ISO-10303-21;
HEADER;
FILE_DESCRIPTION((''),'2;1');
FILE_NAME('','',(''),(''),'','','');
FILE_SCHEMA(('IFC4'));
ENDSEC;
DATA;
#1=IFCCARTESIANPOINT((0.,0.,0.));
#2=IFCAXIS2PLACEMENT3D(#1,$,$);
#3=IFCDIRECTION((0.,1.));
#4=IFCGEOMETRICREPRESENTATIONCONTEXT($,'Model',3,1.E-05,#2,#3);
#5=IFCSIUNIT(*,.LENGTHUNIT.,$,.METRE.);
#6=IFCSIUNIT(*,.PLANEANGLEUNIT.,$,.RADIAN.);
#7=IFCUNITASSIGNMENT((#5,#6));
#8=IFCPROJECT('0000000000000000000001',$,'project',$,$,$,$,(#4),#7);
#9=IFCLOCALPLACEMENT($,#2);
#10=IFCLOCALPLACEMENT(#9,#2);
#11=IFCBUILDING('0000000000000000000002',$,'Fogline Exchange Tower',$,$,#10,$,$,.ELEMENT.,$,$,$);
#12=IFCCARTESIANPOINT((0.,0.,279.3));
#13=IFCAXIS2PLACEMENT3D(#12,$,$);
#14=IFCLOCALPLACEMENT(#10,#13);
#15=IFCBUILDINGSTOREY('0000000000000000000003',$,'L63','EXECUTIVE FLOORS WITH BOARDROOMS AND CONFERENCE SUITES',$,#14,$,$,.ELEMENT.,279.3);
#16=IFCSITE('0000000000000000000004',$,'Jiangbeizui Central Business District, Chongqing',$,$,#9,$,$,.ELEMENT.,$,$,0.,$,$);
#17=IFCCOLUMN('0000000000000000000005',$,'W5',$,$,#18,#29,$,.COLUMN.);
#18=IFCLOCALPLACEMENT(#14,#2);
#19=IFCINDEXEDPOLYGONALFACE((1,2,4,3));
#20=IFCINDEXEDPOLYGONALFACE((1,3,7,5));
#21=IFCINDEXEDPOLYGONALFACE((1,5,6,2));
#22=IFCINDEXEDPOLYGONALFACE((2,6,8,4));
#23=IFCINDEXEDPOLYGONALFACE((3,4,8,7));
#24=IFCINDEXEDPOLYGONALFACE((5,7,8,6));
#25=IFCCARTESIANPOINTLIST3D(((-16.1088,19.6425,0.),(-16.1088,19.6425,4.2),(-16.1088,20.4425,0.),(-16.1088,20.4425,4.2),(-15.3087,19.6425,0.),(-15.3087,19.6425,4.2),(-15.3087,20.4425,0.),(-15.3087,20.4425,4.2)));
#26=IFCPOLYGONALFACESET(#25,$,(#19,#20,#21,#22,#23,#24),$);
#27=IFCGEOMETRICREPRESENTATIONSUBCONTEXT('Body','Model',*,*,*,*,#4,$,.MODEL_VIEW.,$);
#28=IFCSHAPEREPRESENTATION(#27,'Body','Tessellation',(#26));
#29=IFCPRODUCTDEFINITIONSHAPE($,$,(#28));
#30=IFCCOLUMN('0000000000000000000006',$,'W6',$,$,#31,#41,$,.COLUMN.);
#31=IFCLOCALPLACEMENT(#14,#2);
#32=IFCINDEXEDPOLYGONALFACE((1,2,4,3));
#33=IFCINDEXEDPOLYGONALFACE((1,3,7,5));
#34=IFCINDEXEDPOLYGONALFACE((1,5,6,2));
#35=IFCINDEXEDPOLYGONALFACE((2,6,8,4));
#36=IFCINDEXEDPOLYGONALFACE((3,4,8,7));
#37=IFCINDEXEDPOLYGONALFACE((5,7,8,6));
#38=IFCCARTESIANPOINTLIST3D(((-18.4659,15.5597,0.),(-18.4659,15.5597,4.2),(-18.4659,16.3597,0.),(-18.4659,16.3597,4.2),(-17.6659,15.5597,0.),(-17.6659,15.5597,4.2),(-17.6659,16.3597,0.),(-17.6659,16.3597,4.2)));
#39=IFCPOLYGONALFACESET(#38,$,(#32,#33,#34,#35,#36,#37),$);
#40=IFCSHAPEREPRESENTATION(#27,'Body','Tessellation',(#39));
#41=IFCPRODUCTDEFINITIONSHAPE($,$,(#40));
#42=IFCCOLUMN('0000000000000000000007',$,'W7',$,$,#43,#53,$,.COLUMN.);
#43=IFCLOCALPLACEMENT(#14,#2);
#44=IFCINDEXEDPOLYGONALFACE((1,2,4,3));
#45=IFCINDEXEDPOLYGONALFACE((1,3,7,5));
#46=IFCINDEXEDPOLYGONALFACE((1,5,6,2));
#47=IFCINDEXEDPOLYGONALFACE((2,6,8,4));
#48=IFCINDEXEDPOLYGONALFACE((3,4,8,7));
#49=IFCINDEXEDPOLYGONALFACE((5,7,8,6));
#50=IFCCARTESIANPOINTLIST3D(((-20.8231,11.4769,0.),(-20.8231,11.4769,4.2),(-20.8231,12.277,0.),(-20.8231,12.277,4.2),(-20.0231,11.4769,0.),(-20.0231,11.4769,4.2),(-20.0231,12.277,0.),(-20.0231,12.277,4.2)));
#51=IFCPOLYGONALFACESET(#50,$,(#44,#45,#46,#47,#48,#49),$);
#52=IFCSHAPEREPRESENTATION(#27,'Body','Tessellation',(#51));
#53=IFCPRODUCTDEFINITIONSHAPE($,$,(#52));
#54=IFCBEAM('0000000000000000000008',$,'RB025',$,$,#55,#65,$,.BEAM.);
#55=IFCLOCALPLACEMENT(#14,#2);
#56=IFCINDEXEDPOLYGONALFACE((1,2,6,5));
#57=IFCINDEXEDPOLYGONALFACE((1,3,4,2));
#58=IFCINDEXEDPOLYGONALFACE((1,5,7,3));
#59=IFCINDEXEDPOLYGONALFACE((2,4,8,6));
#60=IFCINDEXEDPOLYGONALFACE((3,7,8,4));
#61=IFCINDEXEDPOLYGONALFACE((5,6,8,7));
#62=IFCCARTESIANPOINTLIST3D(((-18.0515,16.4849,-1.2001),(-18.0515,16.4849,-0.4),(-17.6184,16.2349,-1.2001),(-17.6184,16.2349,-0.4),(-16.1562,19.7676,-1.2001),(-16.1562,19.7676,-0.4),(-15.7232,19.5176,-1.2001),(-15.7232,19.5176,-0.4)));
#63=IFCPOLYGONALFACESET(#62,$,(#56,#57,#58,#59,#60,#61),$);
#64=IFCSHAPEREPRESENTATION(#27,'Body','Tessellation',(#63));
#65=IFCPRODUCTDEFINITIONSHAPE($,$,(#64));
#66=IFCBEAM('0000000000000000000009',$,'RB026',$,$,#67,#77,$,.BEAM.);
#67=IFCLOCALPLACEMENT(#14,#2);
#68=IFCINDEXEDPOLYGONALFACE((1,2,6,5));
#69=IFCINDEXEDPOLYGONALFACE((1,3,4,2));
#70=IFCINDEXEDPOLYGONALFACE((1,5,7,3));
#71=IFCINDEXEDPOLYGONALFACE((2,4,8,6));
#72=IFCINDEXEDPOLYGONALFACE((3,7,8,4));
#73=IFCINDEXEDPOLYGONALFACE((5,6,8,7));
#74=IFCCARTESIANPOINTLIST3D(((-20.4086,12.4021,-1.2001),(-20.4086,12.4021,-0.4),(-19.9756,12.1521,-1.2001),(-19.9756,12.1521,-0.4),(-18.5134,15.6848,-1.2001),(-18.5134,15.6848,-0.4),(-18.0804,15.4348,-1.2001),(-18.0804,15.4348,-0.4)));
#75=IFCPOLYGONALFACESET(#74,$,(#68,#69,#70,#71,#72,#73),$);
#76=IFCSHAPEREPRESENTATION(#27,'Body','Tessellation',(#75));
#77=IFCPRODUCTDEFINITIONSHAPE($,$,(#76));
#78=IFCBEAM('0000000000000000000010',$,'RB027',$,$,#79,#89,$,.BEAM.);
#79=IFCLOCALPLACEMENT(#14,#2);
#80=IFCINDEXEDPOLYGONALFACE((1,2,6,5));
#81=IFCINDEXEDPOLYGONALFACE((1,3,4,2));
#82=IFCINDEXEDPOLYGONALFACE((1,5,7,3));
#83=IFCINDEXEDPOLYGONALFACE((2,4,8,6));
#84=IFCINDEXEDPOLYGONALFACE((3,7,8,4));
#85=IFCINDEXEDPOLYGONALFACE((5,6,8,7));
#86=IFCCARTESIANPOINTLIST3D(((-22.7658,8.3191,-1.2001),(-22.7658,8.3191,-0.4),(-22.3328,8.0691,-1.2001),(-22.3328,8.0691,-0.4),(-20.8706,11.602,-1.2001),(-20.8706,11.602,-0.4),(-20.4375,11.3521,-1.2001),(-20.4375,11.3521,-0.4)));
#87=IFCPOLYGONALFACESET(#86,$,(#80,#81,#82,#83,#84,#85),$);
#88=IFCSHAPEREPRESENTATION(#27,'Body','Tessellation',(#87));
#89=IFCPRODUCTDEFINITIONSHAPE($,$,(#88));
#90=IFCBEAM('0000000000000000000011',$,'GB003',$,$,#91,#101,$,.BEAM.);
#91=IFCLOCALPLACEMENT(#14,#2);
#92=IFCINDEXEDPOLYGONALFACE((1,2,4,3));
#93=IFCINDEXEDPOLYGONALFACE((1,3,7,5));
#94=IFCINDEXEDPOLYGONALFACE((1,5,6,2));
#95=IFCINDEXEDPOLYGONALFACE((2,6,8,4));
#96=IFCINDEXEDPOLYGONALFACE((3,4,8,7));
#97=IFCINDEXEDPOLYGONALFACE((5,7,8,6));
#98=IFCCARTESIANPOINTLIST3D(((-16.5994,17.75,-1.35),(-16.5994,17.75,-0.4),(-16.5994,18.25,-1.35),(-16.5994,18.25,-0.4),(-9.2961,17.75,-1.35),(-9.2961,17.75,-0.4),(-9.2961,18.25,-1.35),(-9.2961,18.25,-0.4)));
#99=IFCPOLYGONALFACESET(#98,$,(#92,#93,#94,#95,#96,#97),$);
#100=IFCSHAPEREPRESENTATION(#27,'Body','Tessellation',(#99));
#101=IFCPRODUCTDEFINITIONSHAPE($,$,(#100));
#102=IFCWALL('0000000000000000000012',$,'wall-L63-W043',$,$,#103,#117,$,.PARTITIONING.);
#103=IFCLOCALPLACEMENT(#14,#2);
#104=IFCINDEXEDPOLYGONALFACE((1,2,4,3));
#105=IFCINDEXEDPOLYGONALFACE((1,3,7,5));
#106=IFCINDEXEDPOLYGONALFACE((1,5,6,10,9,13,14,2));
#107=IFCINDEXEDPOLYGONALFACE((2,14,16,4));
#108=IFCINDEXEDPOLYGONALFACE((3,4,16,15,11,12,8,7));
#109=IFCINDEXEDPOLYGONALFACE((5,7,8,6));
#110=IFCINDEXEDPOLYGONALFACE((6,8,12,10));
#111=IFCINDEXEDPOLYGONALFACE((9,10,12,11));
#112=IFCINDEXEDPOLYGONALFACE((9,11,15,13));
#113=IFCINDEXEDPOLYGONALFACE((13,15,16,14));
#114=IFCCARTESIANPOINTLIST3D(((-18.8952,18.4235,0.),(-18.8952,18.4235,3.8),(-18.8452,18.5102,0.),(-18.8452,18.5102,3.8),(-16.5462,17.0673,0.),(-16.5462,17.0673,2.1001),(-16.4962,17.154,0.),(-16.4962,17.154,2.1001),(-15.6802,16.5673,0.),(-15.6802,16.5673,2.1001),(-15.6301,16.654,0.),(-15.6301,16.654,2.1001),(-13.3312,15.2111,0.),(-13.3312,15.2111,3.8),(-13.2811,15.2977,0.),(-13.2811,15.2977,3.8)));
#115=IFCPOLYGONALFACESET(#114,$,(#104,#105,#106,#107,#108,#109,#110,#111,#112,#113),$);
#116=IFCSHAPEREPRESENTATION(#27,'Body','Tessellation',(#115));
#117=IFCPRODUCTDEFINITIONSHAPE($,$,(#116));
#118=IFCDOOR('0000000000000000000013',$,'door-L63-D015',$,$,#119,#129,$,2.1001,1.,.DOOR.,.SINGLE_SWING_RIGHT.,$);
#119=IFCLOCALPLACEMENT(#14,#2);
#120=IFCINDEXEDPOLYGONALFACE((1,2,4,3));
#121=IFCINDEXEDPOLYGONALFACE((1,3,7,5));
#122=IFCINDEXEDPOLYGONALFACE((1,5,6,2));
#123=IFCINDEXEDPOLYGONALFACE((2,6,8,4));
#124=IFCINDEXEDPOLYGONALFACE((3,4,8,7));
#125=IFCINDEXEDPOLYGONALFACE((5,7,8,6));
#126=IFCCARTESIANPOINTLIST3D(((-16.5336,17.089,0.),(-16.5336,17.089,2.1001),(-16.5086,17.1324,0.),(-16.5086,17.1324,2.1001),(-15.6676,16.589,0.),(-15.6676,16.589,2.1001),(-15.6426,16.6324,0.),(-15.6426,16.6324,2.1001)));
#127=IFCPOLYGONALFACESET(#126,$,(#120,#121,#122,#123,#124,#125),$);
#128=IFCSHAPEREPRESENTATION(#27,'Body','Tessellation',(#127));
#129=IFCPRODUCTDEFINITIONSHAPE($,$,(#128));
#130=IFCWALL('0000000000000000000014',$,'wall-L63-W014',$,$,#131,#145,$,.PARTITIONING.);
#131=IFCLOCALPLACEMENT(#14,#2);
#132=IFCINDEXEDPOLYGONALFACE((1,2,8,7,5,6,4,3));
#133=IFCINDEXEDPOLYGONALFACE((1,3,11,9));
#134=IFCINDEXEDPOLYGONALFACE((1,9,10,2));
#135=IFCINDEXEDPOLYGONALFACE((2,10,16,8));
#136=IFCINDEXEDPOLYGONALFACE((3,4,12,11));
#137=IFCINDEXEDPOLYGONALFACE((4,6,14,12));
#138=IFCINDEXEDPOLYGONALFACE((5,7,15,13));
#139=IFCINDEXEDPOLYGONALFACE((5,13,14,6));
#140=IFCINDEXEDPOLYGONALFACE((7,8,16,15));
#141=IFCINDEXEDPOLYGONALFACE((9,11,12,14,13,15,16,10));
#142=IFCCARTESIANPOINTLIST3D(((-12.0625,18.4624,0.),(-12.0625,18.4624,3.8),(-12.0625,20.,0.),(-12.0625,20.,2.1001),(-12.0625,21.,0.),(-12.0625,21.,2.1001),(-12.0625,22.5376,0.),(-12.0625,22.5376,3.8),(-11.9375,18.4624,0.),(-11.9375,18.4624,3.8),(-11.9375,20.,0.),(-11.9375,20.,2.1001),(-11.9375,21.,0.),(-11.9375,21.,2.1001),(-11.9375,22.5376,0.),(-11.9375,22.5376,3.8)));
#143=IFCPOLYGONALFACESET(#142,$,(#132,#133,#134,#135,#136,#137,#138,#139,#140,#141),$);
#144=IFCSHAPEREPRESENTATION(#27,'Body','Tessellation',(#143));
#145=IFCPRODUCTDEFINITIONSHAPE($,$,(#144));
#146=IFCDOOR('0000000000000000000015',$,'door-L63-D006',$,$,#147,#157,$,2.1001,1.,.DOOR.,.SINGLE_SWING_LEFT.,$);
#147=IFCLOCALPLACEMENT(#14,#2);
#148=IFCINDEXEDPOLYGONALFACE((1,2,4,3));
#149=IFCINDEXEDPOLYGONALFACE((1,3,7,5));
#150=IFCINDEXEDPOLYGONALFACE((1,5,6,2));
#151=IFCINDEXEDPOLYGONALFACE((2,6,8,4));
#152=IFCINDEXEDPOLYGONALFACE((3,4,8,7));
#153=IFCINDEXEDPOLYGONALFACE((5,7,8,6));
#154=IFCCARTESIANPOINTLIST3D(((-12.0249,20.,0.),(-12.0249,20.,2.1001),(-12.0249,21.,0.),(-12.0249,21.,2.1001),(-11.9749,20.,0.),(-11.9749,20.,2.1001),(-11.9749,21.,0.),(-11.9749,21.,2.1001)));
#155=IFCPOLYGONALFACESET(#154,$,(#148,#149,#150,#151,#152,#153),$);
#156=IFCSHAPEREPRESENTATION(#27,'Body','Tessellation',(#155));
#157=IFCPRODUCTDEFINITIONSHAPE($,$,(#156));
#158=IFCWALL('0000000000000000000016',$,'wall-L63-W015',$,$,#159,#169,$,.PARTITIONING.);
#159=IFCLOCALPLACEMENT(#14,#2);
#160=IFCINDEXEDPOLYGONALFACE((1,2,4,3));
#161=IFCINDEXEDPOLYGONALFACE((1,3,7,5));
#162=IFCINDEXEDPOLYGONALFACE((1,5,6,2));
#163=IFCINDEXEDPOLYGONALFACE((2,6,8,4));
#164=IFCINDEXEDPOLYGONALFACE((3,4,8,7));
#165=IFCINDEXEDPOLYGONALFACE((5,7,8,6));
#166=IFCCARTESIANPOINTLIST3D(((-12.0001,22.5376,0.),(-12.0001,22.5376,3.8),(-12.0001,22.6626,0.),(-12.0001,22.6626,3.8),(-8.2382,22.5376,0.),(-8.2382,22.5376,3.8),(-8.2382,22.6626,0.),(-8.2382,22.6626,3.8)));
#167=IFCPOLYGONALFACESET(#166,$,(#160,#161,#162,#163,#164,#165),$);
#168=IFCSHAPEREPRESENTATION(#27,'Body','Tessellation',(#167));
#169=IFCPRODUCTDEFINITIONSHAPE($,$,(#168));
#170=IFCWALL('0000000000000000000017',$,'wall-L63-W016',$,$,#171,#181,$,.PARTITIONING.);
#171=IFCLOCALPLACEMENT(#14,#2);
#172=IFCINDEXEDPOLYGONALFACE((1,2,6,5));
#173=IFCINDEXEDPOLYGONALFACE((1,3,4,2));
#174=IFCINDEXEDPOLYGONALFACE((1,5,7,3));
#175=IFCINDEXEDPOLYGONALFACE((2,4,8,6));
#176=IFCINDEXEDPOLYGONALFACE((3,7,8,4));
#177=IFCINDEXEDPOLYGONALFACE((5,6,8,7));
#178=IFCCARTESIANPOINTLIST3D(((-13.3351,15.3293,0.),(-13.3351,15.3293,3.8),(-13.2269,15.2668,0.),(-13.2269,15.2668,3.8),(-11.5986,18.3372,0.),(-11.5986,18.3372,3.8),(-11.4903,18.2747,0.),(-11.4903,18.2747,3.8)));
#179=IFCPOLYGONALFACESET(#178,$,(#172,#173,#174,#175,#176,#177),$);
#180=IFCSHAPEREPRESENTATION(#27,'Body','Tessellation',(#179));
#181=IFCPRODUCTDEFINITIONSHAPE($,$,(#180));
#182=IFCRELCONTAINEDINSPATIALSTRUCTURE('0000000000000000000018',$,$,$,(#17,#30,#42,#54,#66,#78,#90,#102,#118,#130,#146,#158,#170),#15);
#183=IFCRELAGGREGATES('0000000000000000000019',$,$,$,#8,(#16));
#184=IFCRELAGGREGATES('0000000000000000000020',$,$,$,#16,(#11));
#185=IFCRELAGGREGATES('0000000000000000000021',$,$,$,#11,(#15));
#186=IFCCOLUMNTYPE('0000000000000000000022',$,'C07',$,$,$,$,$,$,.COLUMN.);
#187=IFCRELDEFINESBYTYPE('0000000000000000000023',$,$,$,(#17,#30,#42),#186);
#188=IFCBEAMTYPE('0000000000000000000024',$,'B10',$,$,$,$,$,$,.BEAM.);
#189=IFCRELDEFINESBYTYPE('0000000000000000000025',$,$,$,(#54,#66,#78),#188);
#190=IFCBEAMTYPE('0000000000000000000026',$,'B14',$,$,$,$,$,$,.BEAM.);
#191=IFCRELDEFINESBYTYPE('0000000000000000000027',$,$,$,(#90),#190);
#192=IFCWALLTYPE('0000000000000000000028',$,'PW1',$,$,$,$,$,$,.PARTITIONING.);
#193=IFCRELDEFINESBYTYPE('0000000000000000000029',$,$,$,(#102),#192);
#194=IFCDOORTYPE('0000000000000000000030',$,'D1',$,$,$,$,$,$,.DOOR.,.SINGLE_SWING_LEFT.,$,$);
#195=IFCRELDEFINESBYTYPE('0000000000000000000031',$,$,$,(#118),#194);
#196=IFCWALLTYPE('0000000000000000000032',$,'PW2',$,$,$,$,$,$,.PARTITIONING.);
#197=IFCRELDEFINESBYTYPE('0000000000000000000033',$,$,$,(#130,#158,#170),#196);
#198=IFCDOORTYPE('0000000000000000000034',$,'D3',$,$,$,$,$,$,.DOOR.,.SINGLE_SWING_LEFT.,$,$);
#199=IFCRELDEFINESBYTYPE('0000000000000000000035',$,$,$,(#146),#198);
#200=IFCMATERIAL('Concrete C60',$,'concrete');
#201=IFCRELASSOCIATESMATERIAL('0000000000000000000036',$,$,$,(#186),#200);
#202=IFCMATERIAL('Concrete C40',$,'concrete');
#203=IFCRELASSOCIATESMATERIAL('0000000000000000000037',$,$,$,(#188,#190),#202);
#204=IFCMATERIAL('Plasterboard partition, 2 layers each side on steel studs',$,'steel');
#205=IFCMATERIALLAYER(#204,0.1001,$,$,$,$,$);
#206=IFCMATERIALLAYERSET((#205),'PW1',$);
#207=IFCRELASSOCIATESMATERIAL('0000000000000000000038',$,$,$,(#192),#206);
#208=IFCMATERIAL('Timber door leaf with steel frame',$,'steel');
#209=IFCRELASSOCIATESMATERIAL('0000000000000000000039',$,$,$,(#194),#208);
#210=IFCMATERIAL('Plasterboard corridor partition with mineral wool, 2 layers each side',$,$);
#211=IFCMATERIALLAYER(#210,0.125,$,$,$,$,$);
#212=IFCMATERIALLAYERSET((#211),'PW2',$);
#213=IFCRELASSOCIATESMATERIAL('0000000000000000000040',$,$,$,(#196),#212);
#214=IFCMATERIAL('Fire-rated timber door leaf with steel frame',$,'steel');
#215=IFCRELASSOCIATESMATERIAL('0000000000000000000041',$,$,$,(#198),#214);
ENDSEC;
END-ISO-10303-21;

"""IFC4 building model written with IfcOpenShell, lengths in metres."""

from ifc_helpers import new_model, si_unit, direction, frame, frame_2d, origin, origin_2d, place, context, subcontext, project, spatial, rectangle, extrude, material, layer, layer_set, material_profile, profile_set, type_object, element, fill, save


model = new_model("IFC4")

# Units and contexts
model_context = context("Model", 3, precision=1e-05, world=origin(), true_north=direction((0.0, 1.0)))
body_context = subcontext(model_context, "Body", "Model", "MODEL_VIEW")
ifc_project = project(units=[si_unit("LENGTHUNIT", "METRE"), si_unit("PLANEANGLEUNIT", "RADIAN")], contexts=[model_context])

# Site, building, storey
site_placement = place(None, origin())
site = spatial("IfcSite", under=ifc_project, at=site_placement, Name="Jiangbeizui Central Business District, Chongqing", CompositionType="ELEMENT", RefElevation=0.0)
building_placement = place(site_placement, origin())
building = spatial("IfcBuilding", under=site, at=building_placement, Name="Fogline Exchange Tower", CompositionType="ELEMENT")
storey_placement = place(building_placement, frame((0.0, 0.0, 279.3)))
storey = spatial("IfcBuildingStorey", under=building, at=storey_placement, Name="L63", Description="EXECUTIVE FLOORS WITH BOARDROOMS AND CONFERENCE SUITES", CompositionType="ELEMENT", Elevation=279.3)

# Columns
ifc_material_1 = material(Name="Concrete C60", Category="concrete")
ifc_material_profile_1 = material_profile(ifc_material_1, rectangle(XDim=0.8, YDim=0.8, at=origin_2d()), Name="RC 800x800")
ifc_profile_set_1 = profile_set([ifc_material_profile_1], Name="Concrete C60")
column_type = type_object("IfcColumnType", Name="C07", PredefinedType="COLUMN", material=ifc_profile_set_1)
for number, where, z_axis, x_axis, name in (
    (1, (-15.7087, 20.0425, 0.0), (0.0, 0.0, 1.0), (1.0, 0.0, 0.0), "W5"),
    (2, (-18.0659, 15.9597, 0.0), (0.0, 0.0, 1.0), (1.0, 0.0, 0.0), "W6"),
    (3, (-20.4231, 11.877, 0.0), (0.0, 0.0, 1.0), (1.0, 0.0, 0.0), "W7"),
):
    element("IfcColumn", number, at=place(storey_placement, frame(where, z_axis=z_axis, x_axis=x_axis)), inside=storey, type_object=column_type, Name=name, PredefinedType="COLUMN", context=body_context, shape_type="SweptSolid", body=[
        extrude(rectangle(XDim=0.8, YDim=0.8, at=origin_2d()), origin(), (0.0, 0.0, 1.0), 4.2),
    ])

# Beams
ifc_material_2 = material(Name="Concrete C40", Category="concrete")
ifc_material_profile_2 = material_profile(ifc_material_2, rectangle(XDim=0.5, YDim=0.8, at=origin_2d()), Name="RC 500x800")
ifc_profile_set_2 = profile_set([ifc_material_profile_2], Name="Concrete C40")
beam_type_1 = type_object("IfcBeamType", Name="B10", PredefinedType="BEAM", material=ifc_profile_set_2)
for number, where, z_axis, x_axis, name in (
    (4, (-15.9397, 19.6426, -0.8), (-0.499998, -0.866027, 0.0), (0.866027, -0.499998, 0.0), "RB025"),
    (5, (-18.2969, 15.5598, -0.8), (-0.499998, -0.866027, 0.0), (0.866027, -0.499998, 0.0), "RB026"),
):
    element("IfcBeam", number, at=place(storey_placement, frame(where, z_axis=z_axis, x_axis=x_axis)), inside=storey, type_object=beam_type_1, Name=name, PredefinedType="BEAM", context=body_context, shape_type="SweptSolid", body=[
        extrude(rectangle(XDim=0.5, YDim=0.8, at=origin_2d()), origin(), (0.0, 0.0, 1.0), 3.7905),
    ])
beam_1_placement = place(storey_placement, frame((-20.6541, 11.4771, -0.8), z_axis=(-0.49997, -0.866043, 0.0), x_axis=(0.866043, -0.49997, 0.0)))
element("IfcBeam", 6, at=beam_1_placement, inside=storey, type_object=beam_type_1, Name="RB027", PredefinedType="BEAM", context=body_context, shape_type="SweptSolid", body=[
    extrude(rectangle(XDim=0.5, YDim=0.8, at=origin_2d()), origin(), (0.0, 0.0, 1.0), 3.7908),
])
ifc_material_profile_3 = material_profile(ifc_material_2, rectangle(XDim=0.5, YDim=0.95, at=origin_2d()), Name="RC 500x950")
ifc_profile_set_3 = profile_set([ifc_material_profile_3], Name="Concrete C40")
beam_type_2 = type_object("IfcBeamType", Name="B14", PredefinedType="BEAM", material=ifc_profile_set_3)
beam_2_placement = place(storey_placement, frame((-16.5994, 18.0, -0.875), z_axis=(1.0, 0.0, 0.0), x_axis=(0.0, 1.0, 0.0)))
element("IfcBeam", 7, at=beam_2_placement, inside=storey, type_object=beam_type_2, Name="GB003", PredefinedType="BEAM", context=body_context, shape_type="SweptSolid", body=[
    extrude(rectangle(XDim=0.5, YDim=0.95, at=origin_2d()), origin(), (0.0, 0.0, 1.0), 7.3032),
])

# Walls, openings, doors
ifc_material_3 = material(Name="Plasterboard partition, 2 layers each side on steel studs", Category="steel")
ifc_layer_1 = layer(ifc_material_3, 0.1001)
ifc_layer_set_1 = layer_set([ifc_layer_1], Name="PW1")
wall_type_1 = type_object("IfcWallType", Name="PW1", PredefinedType="PARTITIONING", material=ifc_layer_set_1)
wall_1_placement = place(storey_placement, frame((-13.3062, 15.2544, 0.0), z_axis=(0.0, 0.0, 1.0), x_axis=(-0.866022, 0.500005, 0.0)))
wall_1 = element("IfcWall", 8, at=wall_1_placement, inside=storey, type_object=wall_type_1, Name="wall-L63-W043", PredefinedType="PARTITIONING", context=body_context, shape_type="SweptSolid", body=[
    extrude(rectangle(XDim=6.4248, YDim=0.1001, at=frame_2d((3.2124, 0.0))), origin(), (0.0, 0.0, 1.0), 3.8),
])
opening_1_placement = place(wall_1_placement, frame((2.7124, 0.0, 0.0)))
opening_1 = element("IfcOpeningElement", 9, at=opening_1_placement, cuts=wall_1, PredefinedType="OPENING", context=body_context, shape_type="SweptSolid", body=[
    extrude(rectangle(XDim=1.0, YDim=2.1001, at=frame_2d((0.5, 1.05))), frame((0.0, 0.0601, 0.0), z_axis=(0.0, -1.0, 0.0), x_axis=(1.0, 0.0, 0.0)), (0.0, 0.0, 1.0), 0.1201),
])
ifc_material_4 = material(Name="Timber door leaf with steel frame", Category="steel")
door_type_1 = type_object("IfcDoorType", Name="D1", OperationType="SINGLE_SWING_LEFT", PredefinedType="DOOR", material=ifc_material_4)
door_1_placement = place(opening_1_placement, origin())
door_1 = element("IfcDoor", 10, at=door_1_placement, inside=storey, type_object=door_type_1, Name="door-L63-D015", OperationType="SINGLE_SWING_RIGHT", OverallHeight=2.1001, OverallWidth=1.0, PredefinedType="DOOR", context=body_context, shape_type="SweptSolid", body=[
    extrude(rectangle(XDim=1.0, YDim=2.1001, at=frame_2d((0.5, 1.05))), frame((0.0, 0.0249, 0.0), z_axis=(0.0, -1.0, 0.0), x_axis=(1.0, 0.0, 0.0)), (0.0, 0.0, 1.0), 0.05),
])
fill(opening_1, door_1)
ifc_material_5 = material(Name="Plasterboard corridor partition with mineral wool, 2 layers each side")
ifc_layer_2 = layer(ifc_material_5, 0.125)
ifc_layer_set_2 = layer_set([ifc_layer_2], Name="PW2")
wall_type_2 = type_object("IfcWallType", Name="PW2", PredefinedType="PARTITIONING", material=ifc_layer_set_2)
wall_2_placement = place(storey_placement, frame((-12.0, 18.4624, 0.0), z_axis=(0.0, 0.0, 1.0), x_axis=(0.0, 1.0, 0.0)))
wall_2 = element("IfcWall", 11, at=wall_2_placement, inside=storey, type_object=wall_type_2, Name="wall-L63-W014", PredefinedType="PARTITIONING", context=body_context, shape_type="SweptSolid", body=[
    extrude(rectangle(XDim=4.0752, YDim=0.125, at=frame_2d((2.0376, 0.0))), origin(), (0.0, 0.0, 1.0), 3.8),
])
opening_2_placement = place(wall_2_placement, frame((1.5376, 0.0, 0.0)))
opening_2 = element("IfcOpeningElement", 12, at=opening_2_placement, cuts=wall_2, PredefinedType="OPENING", context=body_context, shape_type="SweptSolid", body=[
    extrude(rectangle(XDim=1.0, YDim=2.1001, at=frame_2d((0.5, 1.05))), frame((0.0, 0.0725, 0.0), z_axis=(0.0, -1.0, 0.0), x_axis=(1.0, 0.0, 0.0)), (0.0, 0.0, 1.0), 0.145),
])
ifc_material_6 = material(Name="Fire-rated timber door leaf with steel frame", Category="steel")
door_type_2 = type_object("IfcDoorType", Name="D3", OperationType="SINGLE_SWING_LEFT", PredefinedType="DOOR", material=ifc_material_6)
door_2_placement = place(opening_2_placement, origin())
door_2 = element("IfcDoor", 13, at=door_2_placement, inside=storey, type_object=door_type_2, Name="door-L63-D006", OperationType="SINGLE_SWING_LEFT", OverallHeight=2.1001, OverallWidth=1.0, PredefinedType="DOOR", context=body_context, shape_type="SweptSolid", body=[
    extrude(rectangle(XDim=1.0, YDim=2.1001, at=frame_2d((0.5, 1.05))), frame((0.0, 0.0249, 0.0), z_axis=(0.0, -1.0, 0.0), x_axis=(1.0, 0.0, 0.0)), (0.0, 0.0, 1.0), 0.05),
])
fill(opening_2, door_2)

# Walls
wall_3_placement = place(storey_placement, frame((-12.0, 22.6001, 0.0), z_axis=(0.0, 0.0, 1.0), x_axis=(1.0, 0.0, 0.0)))
element("IfcWall", 14, at=wall_3_placement, inside=storey, type_object=wall_type_2, Name="wall-L63-W015", PredefinedType="PARTITIONING", context=body_context, shape_type="SweptSolid", body=[
    extrude(rectangle(XDim=3.762, YDim=0.125, at=frame_2d((1.8809, 0.0))), origin(), (0.0, 0.0, 1.0), 3.8),
])
wall_4_placement = place(storey_placement, frame((-13.281, 15.2981, 0.0), z_axis=(0.0, 0.0, 1.0), x_axis=(0.500002, 0.866024, 0.0)))
element("IfcWall", 15, at=wall_4_placement, inside=storey, type_object=wall_type_2, Name="wall-L63-W016", PredefinedType="PARTITIONING", context=body_context, shape_type="SweptSolid", body=[
    extrude(rectangle(XDim=3.4731, YDim=0.125, at=frame_2d((1.7366, 0.0))), origin(), (0.0, 0.0, 1.0), 3.8),
])

save(model, "model.ifc")
